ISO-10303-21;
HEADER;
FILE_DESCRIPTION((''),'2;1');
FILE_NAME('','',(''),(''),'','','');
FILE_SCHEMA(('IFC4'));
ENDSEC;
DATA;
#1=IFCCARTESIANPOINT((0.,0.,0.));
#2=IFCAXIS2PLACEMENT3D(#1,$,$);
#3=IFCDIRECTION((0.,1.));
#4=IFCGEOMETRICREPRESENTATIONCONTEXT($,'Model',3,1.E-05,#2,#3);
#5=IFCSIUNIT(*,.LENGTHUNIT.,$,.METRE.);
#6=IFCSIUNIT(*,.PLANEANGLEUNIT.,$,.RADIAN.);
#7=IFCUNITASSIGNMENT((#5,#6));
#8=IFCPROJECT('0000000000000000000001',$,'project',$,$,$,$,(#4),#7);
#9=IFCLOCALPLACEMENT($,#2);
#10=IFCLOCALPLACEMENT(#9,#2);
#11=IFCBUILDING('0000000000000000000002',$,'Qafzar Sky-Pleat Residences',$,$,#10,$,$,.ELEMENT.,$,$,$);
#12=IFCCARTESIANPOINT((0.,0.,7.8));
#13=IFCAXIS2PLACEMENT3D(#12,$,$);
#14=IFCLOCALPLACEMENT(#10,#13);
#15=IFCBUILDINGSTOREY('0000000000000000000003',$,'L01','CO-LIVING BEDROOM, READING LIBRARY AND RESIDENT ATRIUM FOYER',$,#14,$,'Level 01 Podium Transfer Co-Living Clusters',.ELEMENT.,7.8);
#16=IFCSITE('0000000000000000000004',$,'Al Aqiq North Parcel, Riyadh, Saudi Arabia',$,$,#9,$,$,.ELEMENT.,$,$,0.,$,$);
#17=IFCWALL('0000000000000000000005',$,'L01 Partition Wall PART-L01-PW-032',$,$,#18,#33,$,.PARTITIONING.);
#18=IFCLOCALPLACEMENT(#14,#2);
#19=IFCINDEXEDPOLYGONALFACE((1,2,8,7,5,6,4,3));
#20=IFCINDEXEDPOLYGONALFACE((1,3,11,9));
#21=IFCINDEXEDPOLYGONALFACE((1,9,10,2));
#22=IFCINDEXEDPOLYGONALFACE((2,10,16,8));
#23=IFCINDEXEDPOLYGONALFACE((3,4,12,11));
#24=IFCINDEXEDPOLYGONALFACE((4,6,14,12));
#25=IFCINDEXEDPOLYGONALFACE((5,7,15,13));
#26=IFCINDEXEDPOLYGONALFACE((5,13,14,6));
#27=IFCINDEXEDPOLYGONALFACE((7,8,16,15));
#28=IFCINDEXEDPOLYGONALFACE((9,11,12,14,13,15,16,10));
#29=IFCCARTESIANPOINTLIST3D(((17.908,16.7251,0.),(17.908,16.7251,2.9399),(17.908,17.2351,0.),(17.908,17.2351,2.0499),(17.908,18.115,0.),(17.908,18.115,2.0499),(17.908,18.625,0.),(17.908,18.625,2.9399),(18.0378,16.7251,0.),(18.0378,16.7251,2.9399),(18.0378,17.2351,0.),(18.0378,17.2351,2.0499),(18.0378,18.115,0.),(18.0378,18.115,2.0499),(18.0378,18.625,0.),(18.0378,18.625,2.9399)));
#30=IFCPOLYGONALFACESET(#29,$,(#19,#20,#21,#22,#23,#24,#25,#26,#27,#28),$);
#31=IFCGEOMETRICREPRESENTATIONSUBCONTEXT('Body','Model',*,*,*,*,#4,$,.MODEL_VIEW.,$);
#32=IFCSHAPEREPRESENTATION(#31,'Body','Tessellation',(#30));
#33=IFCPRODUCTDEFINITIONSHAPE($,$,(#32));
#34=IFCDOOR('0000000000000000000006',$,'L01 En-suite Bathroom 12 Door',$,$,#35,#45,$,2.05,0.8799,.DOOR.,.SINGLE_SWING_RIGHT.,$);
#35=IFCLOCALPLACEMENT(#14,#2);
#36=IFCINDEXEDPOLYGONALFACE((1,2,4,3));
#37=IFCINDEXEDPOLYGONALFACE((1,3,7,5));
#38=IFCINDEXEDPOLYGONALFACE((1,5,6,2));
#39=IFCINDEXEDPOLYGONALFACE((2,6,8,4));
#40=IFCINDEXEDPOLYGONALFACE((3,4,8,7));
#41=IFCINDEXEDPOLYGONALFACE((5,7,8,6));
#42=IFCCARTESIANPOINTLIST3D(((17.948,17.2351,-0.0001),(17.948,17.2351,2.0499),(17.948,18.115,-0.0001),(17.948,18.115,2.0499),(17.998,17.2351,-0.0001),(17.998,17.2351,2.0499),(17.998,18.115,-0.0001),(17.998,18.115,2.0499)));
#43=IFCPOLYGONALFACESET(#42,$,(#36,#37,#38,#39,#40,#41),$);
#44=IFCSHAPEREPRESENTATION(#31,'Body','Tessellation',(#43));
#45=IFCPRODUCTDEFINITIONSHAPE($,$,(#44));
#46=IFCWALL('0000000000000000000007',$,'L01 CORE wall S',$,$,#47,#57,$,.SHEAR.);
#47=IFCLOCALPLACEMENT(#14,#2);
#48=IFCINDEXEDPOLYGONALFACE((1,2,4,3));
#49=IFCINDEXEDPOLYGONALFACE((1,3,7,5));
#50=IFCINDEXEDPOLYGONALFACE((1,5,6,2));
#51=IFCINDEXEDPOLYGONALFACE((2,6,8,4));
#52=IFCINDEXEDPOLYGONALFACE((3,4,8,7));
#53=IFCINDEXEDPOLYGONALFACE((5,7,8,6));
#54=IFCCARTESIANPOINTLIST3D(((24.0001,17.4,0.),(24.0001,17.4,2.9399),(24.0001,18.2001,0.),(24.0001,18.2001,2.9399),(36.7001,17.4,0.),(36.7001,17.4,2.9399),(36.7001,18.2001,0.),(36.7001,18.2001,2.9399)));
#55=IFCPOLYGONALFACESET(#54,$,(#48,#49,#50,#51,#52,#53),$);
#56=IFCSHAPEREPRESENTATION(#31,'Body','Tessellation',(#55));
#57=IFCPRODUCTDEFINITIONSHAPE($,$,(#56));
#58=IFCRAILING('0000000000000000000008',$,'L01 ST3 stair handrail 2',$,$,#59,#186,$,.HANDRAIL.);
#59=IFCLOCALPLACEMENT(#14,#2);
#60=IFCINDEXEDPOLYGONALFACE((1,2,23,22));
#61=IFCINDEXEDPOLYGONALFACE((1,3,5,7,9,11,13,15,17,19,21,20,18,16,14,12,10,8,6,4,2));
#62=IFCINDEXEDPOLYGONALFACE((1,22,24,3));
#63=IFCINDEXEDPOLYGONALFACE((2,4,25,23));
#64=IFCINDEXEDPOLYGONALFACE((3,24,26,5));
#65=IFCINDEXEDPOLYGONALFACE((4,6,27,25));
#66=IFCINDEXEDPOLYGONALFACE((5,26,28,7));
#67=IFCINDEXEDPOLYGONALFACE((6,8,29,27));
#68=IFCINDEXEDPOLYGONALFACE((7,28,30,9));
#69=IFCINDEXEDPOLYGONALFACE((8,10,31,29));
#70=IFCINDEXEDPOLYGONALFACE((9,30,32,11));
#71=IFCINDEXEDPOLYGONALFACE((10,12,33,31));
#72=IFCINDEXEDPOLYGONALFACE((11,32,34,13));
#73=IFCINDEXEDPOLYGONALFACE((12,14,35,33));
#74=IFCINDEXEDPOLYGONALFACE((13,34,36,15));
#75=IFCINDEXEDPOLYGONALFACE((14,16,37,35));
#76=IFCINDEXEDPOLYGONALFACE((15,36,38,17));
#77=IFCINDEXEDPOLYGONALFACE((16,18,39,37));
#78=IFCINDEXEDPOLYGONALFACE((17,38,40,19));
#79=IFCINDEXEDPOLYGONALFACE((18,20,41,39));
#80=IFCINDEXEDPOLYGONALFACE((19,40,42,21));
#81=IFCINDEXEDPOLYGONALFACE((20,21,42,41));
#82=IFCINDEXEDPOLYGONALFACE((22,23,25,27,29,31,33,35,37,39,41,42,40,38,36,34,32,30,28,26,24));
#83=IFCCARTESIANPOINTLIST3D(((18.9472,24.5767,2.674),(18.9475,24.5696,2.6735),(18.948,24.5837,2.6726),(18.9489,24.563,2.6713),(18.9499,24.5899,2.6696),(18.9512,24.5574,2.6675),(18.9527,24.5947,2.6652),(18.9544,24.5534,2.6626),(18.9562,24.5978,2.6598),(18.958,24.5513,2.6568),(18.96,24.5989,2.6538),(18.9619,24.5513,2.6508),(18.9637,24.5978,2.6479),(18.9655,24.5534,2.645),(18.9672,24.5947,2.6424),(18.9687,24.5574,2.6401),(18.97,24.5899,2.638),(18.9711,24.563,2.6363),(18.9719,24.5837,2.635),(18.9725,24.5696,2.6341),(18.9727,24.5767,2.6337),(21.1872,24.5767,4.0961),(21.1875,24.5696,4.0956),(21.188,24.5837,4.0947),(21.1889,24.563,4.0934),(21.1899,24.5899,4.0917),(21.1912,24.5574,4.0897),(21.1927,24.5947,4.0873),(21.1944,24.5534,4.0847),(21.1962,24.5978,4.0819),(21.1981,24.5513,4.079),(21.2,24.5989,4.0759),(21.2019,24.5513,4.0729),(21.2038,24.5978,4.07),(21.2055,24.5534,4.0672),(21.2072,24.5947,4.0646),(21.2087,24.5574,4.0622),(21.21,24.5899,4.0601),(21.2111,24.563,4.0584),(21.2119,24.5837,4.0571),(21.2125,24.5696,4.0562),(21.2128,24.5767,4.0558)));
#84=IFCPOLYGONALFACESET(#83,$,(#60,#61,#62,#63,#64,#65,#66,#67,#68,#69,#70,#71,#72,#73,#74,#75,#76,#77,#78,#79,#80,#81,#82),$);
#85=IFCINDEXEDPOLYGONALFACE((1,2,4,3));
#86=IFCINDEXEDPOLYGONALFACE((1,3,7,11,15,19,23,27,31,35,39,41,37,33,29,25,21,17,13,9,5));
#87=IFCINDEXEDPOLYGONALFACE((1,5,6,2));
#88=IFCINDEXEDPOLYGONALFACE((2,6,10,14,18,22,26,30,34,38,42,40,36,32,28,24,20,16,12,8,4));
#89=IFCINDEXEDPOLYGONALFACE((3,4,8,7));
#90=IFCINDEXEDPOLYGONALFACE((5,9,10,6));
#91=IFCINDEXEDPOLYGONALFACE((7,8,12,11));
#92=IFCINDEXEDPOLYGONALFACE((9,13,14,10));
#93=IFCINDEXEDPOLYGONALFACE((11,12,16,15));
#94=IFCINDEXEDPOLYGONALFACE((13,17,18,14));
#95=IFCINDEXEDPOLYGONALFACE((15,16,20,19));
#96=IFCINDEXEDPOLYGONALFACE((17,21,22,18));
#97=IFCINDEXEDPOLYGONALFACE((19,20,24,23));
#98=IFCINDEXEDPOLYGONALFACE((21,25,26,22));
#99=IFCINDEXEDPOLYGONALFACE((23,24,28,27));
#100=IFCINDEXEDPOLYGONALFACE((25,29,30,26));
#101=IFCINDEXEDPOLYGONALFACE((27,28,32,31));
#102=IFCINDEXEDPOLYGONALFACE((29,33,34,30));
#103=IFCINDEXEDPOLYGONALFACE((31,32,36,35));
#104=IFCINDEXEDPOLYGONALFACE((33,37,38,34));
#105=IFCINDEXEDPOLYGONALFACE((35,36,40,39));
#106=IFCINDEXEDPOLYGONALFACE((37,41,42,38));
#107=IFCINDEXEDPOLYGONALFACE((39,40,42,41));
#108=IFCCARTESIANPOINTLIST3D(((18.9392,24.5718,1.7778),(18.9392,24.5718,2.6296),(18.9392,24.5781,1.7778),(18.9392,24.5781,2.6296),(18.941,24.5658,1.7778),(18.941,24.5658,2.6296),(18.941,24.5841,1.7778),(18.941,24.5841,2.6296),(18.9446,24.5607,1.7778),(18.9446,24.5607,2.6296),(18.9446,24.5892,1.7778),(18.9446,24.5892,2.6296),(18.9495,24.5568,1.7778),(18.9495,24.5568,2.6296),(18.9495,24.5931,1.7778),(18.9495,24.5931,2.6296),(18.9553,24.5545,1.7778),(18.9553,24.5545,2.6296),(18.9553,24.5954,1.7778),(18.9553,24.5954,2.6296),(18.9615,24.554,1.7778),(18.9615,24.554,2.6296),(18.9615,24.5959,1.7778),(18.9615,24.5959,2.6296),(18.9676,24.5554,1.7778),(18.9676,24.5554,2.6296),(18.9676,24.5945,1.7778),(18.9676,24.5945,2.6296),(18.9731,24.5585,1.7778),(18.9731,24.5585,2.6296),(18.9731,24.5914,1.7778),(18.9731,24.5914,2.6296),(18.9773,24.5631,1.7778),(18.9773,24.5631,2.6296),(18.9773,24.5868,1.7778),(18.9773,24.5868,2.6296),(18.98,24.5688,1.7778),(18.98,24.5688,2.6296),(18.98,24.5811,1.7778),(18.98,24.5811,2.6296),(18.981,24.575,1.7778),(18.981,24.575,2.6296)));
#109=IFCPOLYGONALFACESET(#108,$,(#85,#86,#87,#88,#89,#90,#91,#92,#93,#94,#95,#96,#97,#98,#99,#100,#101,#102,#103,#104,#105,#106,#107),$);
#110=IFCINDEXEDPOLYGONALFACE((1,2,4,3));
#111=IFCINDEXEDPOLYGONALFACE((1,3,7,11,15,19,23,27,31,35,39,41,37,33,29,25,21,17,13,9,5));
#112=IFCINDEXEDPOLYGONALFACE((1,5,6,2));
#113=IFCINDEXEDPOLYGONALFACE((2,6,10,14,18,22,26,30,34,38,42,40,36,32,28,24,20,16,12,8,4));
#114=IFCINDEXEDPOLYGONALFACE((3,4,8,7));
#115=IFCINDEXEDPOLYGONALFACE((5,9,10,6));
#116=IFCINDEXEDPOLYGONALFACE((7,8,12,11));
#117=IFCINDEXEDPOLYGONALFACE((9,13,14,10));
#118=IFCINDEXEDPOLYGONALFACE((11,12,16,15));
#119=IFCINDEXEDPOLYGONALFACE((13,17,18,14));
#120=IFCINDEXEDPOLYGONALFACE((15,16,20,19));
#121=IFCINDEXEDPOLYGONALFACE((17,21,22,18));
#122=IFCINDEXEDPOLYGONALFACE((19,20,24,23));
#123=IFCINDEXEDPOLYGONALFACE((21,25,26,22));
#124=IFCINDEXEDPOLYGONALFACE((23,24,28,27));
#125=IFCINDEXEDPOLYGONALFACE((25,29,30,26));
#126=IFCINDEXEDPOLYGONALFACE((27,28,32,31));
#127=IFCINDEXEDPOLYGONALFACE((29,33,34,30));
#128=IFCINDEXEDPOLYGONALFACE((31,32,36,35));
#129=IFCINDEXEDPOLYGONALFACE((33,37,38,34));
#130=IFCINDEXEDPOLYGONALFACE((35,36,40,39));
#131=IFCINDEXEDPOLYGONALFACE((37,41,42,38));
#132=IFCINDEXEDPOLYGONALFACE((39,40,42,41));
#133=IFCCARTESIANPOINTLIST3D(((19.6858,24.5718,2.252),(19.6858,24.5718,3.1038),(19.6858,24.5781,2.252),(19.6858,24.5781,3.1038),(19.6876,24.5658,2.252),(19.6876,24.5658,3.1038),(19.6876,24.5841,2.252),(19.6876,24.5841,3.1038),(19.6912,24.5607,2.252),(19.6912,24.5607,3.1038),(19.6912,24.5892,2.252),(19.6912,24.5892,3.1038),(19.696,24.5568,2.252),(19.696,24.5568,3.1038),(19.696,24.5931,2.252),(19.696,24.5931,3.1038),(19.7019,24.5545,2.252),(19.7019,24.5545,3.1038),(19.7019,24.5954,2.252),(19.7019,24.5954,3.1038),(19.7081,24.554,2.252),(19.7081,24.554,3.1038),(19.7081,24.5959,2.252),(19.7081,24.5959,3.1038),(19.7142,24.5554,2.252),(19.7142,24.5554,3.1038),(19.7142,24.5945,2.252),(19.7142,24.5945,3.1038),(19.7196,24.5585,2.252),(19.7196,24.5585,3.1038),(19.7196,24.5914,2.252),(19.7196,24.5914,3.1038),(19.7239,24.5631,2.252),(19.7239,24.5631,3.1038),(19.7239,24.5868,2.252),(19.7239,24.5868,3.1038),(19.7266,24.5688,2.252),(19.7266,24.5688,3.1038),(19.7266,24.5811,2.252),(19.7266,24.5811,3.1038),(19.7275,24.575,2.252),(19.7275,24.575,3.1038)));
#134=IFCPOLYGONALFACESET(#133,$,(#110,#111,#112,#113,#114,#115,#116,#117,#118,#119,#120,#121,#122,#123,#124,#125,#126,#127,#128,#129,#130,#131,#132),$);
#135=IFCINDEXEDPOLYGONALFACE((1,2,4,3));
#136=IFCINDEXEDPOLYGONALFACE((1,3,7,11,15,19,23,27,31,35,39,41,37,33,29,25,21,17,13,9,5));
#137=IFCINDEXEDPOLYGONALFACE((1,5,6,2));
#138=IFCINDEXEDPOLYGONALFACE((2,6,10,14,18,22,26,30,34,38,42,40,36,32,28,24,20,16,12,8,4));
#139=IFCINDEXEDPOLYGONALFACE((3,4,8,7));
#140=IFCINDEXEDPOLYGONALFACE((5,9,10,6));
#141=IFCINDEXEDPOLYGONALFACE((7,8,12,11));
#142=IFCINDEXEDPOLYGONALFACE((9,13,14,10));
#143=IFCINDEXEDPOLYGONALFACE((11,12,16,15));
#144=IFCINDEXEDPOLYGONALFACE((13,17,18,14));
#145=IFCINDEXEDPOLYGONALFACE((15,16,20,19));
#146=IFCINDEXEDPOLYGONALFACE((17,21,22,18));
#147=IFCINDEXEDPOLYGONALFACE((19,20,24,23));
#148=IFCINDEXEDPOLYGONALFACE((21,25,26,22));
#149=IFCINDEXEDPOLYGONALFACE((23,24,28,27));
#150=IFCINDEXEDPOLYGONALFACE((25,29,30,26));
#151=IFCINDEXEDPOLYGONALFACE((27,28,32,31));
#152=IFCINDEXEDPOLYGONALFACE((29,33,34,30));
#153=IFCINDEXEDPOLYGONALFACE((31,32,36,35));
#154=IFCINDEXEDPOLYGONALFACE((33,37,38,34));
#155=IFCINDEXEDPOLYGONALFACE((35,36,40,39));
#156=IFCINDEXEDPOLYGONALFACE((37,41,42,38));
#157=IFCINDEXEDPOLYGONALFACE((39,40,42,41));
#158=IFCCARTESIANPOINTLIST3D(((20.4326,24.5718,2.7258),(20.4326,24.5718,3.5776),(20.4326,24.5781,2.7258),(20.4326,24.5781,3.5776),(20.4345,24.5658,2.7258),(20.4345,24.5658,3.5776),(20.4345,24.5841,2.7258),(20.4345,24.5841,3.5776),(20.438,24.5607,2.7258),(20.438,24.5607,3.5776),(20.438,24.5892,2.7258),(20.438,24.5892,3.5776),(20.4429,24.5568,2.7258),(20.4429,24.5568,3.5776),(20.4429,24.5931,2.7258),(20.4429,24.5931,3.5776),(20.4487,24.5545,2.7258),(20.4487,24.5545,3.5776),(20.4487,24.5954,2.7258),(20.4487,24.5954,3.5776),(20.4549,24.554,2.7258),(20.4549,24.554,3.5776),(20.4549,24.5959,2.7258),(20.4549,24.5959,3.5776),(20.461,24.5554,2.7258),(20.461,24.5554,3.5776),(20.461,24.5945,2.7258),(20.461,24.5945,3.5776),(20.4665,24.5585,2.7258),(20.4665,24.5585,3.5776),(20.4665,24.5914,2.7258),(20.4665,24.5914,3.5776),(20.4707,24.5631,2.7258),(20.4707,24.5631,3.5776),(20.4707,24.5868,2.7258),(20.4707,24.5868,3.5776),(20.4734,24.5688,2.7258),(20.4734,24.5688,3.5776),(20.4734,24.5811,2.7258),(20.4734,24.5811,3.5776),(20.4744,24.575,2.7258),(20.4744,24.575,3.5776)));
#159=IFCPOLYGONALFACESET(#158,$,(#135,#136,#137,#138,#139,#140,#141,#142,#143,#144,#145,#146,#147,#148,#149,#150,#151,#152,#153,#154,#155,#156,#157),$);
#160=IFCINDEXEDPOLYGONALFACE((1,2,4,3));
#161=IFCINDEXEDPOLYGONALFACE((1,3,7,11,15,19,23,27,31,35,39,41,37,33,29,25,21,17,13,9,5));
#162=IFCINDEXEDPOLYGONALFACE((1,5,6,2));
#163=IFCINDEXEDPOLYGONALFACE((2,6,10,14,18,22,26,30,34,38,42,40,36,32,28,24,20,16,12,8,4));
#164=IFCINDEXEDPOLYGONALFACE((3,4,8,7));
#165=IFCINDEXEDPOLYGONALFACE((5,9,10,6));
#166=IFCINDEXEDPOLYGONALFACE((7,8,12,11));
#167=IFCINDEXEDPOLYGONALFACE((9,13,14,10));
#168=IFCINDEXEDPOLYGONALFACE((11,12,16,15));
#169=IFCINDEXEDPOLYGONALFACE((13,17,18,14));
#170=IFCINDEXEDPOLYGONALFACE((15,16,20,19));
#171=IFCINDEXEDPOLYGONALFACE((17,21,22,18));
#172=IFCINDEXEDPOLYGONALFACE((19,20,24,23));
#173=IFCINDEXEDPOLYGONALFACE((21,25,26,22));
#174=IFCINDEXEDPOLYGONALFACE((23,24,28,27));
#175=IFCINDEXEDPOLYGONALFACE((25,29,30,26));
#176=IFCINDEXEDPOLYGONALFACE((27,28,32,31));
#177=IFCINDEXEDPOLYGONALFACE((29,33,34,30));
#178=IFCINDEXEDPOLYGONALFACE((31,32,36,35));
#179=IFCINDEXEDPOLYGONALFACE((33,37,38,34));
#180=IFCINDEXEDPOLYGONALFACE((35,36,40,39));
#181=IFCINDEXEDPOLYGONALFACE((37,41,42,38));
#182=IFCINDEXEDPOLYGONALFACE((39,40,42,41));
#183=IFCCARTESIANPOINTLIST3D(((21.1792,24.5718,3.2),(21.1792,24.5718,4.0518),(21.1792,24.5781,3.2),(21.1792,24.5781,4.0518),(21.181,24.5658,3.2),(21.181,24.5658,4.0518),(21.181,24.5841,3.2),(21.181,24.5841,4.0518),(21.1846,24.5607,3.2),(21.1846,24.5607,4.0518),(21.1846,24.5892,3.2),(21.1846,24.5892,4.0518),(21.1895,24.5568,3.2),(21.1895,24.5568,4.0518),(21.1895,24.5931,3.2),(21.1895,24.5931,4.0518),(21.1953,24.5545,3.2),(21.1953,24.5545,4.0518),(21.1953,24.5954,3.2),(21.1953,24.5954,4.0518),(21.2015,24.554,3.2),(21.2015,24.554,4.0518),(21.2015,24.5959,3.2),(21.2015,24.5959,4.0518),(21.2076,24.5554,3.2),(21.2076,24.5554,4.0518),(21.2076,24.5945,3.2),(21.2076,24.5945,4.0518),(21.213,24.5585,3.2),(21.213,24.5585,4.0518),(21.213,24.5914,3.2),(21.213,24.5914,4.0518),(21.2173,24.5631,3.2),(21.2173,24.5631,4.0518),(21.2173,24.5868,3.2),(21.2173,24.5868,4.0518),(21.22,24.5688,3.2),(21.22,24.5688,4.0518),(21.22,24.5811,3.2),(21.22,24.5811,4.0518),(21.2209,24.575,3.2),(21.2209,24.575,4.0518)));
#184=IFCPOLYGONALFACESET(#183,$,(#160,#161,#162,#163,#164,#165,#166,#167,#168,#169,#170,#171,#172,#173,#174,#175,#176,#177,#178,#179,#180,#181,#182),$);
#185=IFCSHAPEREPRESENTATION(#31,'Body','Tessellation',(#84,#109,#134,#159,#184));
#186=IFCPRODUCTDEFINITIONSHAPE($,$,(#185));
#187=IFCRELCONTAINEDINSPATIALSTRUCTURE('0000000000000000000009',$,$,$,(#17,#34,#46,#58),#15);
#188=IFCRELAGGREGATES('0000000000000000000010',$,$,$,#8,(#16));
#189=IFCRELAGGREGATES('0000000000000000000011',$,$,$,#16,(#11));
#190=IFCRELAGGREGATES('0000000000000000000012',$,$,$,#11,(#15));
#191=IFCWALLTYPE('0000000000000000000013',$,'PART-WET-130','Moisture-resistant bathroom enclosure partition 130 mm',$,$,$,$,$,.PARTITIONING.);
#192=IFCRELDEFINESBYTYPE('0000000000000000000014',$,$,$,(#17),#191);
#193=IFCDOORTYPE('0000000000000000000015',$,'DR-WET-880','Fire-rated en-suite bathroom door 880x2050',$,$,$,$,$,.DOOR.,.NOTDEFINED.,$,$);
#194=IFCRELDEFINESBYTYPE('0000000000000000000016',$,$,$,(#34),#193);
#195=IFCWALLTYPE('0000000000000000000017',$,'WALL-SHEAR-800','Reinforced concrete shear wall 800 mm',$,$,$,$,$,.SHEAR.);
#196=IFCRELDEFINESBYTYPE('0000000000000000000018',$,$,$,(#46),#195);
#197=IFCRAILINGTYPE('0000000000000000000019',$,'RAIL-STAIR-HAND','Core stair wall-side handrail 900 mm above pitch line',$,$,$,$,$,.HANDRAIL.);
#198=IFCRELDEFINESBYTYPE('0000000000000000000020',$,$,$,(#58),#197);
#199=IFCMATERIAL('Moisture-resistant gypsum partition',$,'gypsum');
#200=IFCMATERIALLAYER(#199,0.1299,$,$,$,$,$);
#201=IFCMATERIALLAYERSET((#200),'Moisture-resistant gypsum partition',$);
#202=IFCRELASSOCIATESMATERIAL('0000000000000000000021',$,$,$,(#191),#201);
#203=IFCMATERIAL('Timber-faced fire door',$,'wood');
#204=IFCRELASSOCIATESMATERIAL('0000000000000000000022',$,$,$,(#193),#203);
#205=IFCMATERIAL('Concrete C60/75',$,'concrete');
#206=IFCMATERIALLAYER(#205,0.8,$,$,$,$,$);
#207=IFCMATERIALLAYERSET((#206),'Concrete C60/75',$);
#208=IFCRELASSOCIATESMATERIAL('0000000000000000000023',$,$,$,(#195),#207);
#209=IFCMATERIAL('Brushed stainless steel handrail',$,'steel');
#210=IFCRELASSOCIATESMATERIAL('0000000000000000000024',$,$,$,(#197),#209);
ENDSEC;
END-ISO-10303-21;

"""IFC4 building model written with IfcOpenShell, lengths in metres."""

from ifc_helpers import new_model, si_unit, direction, frame, frame_2d, origin, origin_2d, place, context, subcontext, project, spatial, rectangle, circle, extrude, source, transform, mapped, material, layer, layer_set, type_object, element, fill, save


model = new_model("IFC4")

# Units and contexts
model_context = context("Model", 3, precision=1e-05, world=origin(), true_north=direction((0.0, 1.0)))
body_context = subcontext(model_context, "Body", "Model", "MODEL_VIEW")
ifc_project = project(units=[si_unit("LENGTHUNIT", "METRE"), si_unit("PLANEANGLEUNIT", "RADIAN")], contexts=[model_context])

# Site, building, storey
site_placement = place(None, origin())
site = spatial("IfcSite", under=ifc_project, at=site_placement, Name="Al Aqiq North Parcel, Riyadh, Saudi Arabia", CompositionType="ELEMENT", RefElevation=0.0)
building_placement = place(site_placement, origin())
building = spatial("IfcBuilding", under=site, at=building_placement, Name="Qafzar Sky-Pleat Residences", CompositionType="ELEMENT")
storey_placement = place(building_placement, frame((0.0, 0.0, 7.8)))
storey = spatial("IfcBuildingStorey", under=building, at=storey_placement, Name="L01", Description="CO-LIVING BEDROOM, READING LIBRARY AND RESIDENT ATRIUM FOYER", LongName="Level 01 Podium Transfer Co-Living Clusters", CompositionType="ELEMENT", Elevation=7.8)

# Shared definitions
ifc_material_1 = material(Name="Timber-faced fire door", Category="wood")

# Wall, opening, door
ifc_material_2 = material(Name="Moisture-resistant gypsum partition", Category="gypsum")
ifc_layer_1 = layer(ifc_material_2, 0.1299)
ifc_layer_set_1 = layer_set([ifc_layer_1], Name="Moisture-resistant gypsum partition")
wall_type_1 = type_object("IfcWallType", Name="PART-WET-130", Description="Moisture-resistant bathroom enclosure partition 130 mm", PredefinedType="PARTITIONING", material=ifc_layer_set_1)
wall_1_placement = place(storey_placement, frame((17.9729, 16.7251, 0.0), z_axis=(0.0, 0.0, 1.0), x_axis=(0.0, 1.0, 0.0)))
wall_1 = element("IfcWall", 1, at=wall_1_placement, inside=storey, type_object=wall_type_1, Name="L01 Partition Wall PART-L01-PW-032", PredefinedType="PARTITIONING", context=body_context, shape_type="SweptSolid", body=[
    extrude(rectangle(XDim=1.8999, YDim=0.1299, at=frame_2d((0.95, 0.0))), origin(), (0.0, 0.0, 1.0), 2.9399),
])
opening_1_placement = place(wall_1_placement, frame((0.51, 0.0, 0.0)))
opening_1 = element("IfcOpeningElement", 2, at=opening_1_placement, cuts=wall_1, PredefinedType="OPENING", context=body_context, shape_type="SweptSolid", body=[
    extrude(rectangle(XDim=0.8799, YDim=2.05, at=frame_2d((0.4399, 1.0249))), frame((0.0, 0.075, 0.0), z_axis=(0.0, -1.0, 0.0), x_axis=(1.0, 0.0, 0.0)), (0.0, 0.0, 1.0), 0.1499),
])
door_type_1 = type_object("IfcDoorType", Name="DR-WET-880", Description="Fire-rated en-suite bathroom door 880x2050", OperationType="NOTDEFINED", PredefinedType="DOOR", material=ifc_material_1)
shared_shape_1 = source(origin(), body_context, "Body", "SweptSolid", [
    extrude(rectangle(XDim=0.8799, YDim=2.05, at=frame_2d((0.4399, 1.0249))), frame((0.0, 0.0249, 0.0), z_axis=(0.0, -1.0, 0.0), x_axis=(1.0, 0.0, 0.0)), (0.0, 0.0, 1.0), 0.05),
])
door_1_placement = place(opening_1_placement, origin())
door_1 = element("IfcDoor", 3, at=door_1_placement, inside=storey, type_object=door_type_1, Name="L01 En-suite Bathroom 12 Door", OperationType="SINGLE_SWING_RIGHT", OverallHeight=2.05, OverallWidth=0.8799, PredefinedType="DOOR", context=body_context, shape_type="MappedRepresentation", body=[
    mapped(shared_shape_1, transform((0.0, 0.0, 0.0), x_axis=(1.0, 0.0, 0.0), y_axis=(0.0, 1.0, 0.0), z_axis=(0.0, 0.0, 1.0), scale=1.0)),
])
fill(opening_1, door_1)

# Shared definitions
ifc_material_3 = material(Name="Concrete C60/75", Category="concrete")

# Wall
ifc_layer_2 = layer(ifc_material_3, 0.8)
ifc_layer_set_2 = layer_set([ifc_layer_2], Name="Concrete C60/75")
wall_type_2 = type_object("IfcWallType", Name="WALL-SHEAR-800", Description="Reinforced concrete shear wall 800 mm", PredefinedType="SHEAR", material=ifc_layer_set_2)
wall_2_placement = place(storey_placement, frame((24.0, 17.8, 0.0), z_axis=(0.0, 0.0, 1.0), x_axis=(1.0, 0.0, 0.0)))
element("IfcWall", 4, at=wall_2_placement, inside=storey, type_object=wall_type_2, Name="L01 CORE wall S", PredefinedType="SHEAR", context=body_context, shape_type="SweptSolid", body=[
    extrude(rectangle(XDim=12.7, YDim=0.8, at=frame_2d((6.3501, 0.0))), origin(), (0.0, 0.0, 1.0), 2.9399),
])

# Railing
ifc_material_4 = material(Name="Brushed stainless steel handrail", Category="steel")
railing_type = type_object("IfcRailingType", Name="RAIL-STAIR-HAND", Description="Core stair wall-side handrail 900 mm above pitch line", PredefinedType="HANDRAIL", material=ifc_material_4)
shared_shape_2 = source(origin(), body_context, "Body", "SweptSolid", [
    extrude(circle(Radius=0.0239, at=origin_2d()), frame((0.0, 0.0, 0.876), z_axis=(0.844229, 0.0, 0.535982), x_axis=(0.0, 1.0, 0.0)), (0.0, 0.0, 1.0), 2.6533),
    extrude(circle(Radius=0.021, at=origin_2d()), origin(), (0.0, 0.0, 1.0), 0.8518),
    extrude(circle(Radius=0.021, at=origin_2d()), frame((0.7466, 0.0, 0.4741)), (0.0, 0.0, 1.0), 0.8518),
    extrude(circle(Radius=0.021, at=origin_2d()), frame((1.4934, 0.0, 0.948)), (0.0, 0.0, 1.0), 0.8518),
    extrude(circle(Radius=0.021, at=origin_2d()), frame((2.24, 0.0, 1.4221)), (0.0, 0.0, 1.0), 0.8518),
])
railing_placement = place(storey_placement, frame((18.96, 24.575, 1.7778)))
element("IfcRailing", 5, at=railing_placement, inside=storey, type_object=railing_type, Name="L01 ST3 stair handrail 2", PredefinedType="HANDRAIL", context=body_context, shape_type="MappedRepresentation", body=[
    mapped(shared_shape_2, transform((0.0, 0.0, 0.0), x_axis=(1.0, 0.0, 0.0), y_axis=(0.0, 1.0, 0.0), z_axis=(0.0, 0.0, 1.0), scale=1.0)),
])

save(model, "model.ifc")
